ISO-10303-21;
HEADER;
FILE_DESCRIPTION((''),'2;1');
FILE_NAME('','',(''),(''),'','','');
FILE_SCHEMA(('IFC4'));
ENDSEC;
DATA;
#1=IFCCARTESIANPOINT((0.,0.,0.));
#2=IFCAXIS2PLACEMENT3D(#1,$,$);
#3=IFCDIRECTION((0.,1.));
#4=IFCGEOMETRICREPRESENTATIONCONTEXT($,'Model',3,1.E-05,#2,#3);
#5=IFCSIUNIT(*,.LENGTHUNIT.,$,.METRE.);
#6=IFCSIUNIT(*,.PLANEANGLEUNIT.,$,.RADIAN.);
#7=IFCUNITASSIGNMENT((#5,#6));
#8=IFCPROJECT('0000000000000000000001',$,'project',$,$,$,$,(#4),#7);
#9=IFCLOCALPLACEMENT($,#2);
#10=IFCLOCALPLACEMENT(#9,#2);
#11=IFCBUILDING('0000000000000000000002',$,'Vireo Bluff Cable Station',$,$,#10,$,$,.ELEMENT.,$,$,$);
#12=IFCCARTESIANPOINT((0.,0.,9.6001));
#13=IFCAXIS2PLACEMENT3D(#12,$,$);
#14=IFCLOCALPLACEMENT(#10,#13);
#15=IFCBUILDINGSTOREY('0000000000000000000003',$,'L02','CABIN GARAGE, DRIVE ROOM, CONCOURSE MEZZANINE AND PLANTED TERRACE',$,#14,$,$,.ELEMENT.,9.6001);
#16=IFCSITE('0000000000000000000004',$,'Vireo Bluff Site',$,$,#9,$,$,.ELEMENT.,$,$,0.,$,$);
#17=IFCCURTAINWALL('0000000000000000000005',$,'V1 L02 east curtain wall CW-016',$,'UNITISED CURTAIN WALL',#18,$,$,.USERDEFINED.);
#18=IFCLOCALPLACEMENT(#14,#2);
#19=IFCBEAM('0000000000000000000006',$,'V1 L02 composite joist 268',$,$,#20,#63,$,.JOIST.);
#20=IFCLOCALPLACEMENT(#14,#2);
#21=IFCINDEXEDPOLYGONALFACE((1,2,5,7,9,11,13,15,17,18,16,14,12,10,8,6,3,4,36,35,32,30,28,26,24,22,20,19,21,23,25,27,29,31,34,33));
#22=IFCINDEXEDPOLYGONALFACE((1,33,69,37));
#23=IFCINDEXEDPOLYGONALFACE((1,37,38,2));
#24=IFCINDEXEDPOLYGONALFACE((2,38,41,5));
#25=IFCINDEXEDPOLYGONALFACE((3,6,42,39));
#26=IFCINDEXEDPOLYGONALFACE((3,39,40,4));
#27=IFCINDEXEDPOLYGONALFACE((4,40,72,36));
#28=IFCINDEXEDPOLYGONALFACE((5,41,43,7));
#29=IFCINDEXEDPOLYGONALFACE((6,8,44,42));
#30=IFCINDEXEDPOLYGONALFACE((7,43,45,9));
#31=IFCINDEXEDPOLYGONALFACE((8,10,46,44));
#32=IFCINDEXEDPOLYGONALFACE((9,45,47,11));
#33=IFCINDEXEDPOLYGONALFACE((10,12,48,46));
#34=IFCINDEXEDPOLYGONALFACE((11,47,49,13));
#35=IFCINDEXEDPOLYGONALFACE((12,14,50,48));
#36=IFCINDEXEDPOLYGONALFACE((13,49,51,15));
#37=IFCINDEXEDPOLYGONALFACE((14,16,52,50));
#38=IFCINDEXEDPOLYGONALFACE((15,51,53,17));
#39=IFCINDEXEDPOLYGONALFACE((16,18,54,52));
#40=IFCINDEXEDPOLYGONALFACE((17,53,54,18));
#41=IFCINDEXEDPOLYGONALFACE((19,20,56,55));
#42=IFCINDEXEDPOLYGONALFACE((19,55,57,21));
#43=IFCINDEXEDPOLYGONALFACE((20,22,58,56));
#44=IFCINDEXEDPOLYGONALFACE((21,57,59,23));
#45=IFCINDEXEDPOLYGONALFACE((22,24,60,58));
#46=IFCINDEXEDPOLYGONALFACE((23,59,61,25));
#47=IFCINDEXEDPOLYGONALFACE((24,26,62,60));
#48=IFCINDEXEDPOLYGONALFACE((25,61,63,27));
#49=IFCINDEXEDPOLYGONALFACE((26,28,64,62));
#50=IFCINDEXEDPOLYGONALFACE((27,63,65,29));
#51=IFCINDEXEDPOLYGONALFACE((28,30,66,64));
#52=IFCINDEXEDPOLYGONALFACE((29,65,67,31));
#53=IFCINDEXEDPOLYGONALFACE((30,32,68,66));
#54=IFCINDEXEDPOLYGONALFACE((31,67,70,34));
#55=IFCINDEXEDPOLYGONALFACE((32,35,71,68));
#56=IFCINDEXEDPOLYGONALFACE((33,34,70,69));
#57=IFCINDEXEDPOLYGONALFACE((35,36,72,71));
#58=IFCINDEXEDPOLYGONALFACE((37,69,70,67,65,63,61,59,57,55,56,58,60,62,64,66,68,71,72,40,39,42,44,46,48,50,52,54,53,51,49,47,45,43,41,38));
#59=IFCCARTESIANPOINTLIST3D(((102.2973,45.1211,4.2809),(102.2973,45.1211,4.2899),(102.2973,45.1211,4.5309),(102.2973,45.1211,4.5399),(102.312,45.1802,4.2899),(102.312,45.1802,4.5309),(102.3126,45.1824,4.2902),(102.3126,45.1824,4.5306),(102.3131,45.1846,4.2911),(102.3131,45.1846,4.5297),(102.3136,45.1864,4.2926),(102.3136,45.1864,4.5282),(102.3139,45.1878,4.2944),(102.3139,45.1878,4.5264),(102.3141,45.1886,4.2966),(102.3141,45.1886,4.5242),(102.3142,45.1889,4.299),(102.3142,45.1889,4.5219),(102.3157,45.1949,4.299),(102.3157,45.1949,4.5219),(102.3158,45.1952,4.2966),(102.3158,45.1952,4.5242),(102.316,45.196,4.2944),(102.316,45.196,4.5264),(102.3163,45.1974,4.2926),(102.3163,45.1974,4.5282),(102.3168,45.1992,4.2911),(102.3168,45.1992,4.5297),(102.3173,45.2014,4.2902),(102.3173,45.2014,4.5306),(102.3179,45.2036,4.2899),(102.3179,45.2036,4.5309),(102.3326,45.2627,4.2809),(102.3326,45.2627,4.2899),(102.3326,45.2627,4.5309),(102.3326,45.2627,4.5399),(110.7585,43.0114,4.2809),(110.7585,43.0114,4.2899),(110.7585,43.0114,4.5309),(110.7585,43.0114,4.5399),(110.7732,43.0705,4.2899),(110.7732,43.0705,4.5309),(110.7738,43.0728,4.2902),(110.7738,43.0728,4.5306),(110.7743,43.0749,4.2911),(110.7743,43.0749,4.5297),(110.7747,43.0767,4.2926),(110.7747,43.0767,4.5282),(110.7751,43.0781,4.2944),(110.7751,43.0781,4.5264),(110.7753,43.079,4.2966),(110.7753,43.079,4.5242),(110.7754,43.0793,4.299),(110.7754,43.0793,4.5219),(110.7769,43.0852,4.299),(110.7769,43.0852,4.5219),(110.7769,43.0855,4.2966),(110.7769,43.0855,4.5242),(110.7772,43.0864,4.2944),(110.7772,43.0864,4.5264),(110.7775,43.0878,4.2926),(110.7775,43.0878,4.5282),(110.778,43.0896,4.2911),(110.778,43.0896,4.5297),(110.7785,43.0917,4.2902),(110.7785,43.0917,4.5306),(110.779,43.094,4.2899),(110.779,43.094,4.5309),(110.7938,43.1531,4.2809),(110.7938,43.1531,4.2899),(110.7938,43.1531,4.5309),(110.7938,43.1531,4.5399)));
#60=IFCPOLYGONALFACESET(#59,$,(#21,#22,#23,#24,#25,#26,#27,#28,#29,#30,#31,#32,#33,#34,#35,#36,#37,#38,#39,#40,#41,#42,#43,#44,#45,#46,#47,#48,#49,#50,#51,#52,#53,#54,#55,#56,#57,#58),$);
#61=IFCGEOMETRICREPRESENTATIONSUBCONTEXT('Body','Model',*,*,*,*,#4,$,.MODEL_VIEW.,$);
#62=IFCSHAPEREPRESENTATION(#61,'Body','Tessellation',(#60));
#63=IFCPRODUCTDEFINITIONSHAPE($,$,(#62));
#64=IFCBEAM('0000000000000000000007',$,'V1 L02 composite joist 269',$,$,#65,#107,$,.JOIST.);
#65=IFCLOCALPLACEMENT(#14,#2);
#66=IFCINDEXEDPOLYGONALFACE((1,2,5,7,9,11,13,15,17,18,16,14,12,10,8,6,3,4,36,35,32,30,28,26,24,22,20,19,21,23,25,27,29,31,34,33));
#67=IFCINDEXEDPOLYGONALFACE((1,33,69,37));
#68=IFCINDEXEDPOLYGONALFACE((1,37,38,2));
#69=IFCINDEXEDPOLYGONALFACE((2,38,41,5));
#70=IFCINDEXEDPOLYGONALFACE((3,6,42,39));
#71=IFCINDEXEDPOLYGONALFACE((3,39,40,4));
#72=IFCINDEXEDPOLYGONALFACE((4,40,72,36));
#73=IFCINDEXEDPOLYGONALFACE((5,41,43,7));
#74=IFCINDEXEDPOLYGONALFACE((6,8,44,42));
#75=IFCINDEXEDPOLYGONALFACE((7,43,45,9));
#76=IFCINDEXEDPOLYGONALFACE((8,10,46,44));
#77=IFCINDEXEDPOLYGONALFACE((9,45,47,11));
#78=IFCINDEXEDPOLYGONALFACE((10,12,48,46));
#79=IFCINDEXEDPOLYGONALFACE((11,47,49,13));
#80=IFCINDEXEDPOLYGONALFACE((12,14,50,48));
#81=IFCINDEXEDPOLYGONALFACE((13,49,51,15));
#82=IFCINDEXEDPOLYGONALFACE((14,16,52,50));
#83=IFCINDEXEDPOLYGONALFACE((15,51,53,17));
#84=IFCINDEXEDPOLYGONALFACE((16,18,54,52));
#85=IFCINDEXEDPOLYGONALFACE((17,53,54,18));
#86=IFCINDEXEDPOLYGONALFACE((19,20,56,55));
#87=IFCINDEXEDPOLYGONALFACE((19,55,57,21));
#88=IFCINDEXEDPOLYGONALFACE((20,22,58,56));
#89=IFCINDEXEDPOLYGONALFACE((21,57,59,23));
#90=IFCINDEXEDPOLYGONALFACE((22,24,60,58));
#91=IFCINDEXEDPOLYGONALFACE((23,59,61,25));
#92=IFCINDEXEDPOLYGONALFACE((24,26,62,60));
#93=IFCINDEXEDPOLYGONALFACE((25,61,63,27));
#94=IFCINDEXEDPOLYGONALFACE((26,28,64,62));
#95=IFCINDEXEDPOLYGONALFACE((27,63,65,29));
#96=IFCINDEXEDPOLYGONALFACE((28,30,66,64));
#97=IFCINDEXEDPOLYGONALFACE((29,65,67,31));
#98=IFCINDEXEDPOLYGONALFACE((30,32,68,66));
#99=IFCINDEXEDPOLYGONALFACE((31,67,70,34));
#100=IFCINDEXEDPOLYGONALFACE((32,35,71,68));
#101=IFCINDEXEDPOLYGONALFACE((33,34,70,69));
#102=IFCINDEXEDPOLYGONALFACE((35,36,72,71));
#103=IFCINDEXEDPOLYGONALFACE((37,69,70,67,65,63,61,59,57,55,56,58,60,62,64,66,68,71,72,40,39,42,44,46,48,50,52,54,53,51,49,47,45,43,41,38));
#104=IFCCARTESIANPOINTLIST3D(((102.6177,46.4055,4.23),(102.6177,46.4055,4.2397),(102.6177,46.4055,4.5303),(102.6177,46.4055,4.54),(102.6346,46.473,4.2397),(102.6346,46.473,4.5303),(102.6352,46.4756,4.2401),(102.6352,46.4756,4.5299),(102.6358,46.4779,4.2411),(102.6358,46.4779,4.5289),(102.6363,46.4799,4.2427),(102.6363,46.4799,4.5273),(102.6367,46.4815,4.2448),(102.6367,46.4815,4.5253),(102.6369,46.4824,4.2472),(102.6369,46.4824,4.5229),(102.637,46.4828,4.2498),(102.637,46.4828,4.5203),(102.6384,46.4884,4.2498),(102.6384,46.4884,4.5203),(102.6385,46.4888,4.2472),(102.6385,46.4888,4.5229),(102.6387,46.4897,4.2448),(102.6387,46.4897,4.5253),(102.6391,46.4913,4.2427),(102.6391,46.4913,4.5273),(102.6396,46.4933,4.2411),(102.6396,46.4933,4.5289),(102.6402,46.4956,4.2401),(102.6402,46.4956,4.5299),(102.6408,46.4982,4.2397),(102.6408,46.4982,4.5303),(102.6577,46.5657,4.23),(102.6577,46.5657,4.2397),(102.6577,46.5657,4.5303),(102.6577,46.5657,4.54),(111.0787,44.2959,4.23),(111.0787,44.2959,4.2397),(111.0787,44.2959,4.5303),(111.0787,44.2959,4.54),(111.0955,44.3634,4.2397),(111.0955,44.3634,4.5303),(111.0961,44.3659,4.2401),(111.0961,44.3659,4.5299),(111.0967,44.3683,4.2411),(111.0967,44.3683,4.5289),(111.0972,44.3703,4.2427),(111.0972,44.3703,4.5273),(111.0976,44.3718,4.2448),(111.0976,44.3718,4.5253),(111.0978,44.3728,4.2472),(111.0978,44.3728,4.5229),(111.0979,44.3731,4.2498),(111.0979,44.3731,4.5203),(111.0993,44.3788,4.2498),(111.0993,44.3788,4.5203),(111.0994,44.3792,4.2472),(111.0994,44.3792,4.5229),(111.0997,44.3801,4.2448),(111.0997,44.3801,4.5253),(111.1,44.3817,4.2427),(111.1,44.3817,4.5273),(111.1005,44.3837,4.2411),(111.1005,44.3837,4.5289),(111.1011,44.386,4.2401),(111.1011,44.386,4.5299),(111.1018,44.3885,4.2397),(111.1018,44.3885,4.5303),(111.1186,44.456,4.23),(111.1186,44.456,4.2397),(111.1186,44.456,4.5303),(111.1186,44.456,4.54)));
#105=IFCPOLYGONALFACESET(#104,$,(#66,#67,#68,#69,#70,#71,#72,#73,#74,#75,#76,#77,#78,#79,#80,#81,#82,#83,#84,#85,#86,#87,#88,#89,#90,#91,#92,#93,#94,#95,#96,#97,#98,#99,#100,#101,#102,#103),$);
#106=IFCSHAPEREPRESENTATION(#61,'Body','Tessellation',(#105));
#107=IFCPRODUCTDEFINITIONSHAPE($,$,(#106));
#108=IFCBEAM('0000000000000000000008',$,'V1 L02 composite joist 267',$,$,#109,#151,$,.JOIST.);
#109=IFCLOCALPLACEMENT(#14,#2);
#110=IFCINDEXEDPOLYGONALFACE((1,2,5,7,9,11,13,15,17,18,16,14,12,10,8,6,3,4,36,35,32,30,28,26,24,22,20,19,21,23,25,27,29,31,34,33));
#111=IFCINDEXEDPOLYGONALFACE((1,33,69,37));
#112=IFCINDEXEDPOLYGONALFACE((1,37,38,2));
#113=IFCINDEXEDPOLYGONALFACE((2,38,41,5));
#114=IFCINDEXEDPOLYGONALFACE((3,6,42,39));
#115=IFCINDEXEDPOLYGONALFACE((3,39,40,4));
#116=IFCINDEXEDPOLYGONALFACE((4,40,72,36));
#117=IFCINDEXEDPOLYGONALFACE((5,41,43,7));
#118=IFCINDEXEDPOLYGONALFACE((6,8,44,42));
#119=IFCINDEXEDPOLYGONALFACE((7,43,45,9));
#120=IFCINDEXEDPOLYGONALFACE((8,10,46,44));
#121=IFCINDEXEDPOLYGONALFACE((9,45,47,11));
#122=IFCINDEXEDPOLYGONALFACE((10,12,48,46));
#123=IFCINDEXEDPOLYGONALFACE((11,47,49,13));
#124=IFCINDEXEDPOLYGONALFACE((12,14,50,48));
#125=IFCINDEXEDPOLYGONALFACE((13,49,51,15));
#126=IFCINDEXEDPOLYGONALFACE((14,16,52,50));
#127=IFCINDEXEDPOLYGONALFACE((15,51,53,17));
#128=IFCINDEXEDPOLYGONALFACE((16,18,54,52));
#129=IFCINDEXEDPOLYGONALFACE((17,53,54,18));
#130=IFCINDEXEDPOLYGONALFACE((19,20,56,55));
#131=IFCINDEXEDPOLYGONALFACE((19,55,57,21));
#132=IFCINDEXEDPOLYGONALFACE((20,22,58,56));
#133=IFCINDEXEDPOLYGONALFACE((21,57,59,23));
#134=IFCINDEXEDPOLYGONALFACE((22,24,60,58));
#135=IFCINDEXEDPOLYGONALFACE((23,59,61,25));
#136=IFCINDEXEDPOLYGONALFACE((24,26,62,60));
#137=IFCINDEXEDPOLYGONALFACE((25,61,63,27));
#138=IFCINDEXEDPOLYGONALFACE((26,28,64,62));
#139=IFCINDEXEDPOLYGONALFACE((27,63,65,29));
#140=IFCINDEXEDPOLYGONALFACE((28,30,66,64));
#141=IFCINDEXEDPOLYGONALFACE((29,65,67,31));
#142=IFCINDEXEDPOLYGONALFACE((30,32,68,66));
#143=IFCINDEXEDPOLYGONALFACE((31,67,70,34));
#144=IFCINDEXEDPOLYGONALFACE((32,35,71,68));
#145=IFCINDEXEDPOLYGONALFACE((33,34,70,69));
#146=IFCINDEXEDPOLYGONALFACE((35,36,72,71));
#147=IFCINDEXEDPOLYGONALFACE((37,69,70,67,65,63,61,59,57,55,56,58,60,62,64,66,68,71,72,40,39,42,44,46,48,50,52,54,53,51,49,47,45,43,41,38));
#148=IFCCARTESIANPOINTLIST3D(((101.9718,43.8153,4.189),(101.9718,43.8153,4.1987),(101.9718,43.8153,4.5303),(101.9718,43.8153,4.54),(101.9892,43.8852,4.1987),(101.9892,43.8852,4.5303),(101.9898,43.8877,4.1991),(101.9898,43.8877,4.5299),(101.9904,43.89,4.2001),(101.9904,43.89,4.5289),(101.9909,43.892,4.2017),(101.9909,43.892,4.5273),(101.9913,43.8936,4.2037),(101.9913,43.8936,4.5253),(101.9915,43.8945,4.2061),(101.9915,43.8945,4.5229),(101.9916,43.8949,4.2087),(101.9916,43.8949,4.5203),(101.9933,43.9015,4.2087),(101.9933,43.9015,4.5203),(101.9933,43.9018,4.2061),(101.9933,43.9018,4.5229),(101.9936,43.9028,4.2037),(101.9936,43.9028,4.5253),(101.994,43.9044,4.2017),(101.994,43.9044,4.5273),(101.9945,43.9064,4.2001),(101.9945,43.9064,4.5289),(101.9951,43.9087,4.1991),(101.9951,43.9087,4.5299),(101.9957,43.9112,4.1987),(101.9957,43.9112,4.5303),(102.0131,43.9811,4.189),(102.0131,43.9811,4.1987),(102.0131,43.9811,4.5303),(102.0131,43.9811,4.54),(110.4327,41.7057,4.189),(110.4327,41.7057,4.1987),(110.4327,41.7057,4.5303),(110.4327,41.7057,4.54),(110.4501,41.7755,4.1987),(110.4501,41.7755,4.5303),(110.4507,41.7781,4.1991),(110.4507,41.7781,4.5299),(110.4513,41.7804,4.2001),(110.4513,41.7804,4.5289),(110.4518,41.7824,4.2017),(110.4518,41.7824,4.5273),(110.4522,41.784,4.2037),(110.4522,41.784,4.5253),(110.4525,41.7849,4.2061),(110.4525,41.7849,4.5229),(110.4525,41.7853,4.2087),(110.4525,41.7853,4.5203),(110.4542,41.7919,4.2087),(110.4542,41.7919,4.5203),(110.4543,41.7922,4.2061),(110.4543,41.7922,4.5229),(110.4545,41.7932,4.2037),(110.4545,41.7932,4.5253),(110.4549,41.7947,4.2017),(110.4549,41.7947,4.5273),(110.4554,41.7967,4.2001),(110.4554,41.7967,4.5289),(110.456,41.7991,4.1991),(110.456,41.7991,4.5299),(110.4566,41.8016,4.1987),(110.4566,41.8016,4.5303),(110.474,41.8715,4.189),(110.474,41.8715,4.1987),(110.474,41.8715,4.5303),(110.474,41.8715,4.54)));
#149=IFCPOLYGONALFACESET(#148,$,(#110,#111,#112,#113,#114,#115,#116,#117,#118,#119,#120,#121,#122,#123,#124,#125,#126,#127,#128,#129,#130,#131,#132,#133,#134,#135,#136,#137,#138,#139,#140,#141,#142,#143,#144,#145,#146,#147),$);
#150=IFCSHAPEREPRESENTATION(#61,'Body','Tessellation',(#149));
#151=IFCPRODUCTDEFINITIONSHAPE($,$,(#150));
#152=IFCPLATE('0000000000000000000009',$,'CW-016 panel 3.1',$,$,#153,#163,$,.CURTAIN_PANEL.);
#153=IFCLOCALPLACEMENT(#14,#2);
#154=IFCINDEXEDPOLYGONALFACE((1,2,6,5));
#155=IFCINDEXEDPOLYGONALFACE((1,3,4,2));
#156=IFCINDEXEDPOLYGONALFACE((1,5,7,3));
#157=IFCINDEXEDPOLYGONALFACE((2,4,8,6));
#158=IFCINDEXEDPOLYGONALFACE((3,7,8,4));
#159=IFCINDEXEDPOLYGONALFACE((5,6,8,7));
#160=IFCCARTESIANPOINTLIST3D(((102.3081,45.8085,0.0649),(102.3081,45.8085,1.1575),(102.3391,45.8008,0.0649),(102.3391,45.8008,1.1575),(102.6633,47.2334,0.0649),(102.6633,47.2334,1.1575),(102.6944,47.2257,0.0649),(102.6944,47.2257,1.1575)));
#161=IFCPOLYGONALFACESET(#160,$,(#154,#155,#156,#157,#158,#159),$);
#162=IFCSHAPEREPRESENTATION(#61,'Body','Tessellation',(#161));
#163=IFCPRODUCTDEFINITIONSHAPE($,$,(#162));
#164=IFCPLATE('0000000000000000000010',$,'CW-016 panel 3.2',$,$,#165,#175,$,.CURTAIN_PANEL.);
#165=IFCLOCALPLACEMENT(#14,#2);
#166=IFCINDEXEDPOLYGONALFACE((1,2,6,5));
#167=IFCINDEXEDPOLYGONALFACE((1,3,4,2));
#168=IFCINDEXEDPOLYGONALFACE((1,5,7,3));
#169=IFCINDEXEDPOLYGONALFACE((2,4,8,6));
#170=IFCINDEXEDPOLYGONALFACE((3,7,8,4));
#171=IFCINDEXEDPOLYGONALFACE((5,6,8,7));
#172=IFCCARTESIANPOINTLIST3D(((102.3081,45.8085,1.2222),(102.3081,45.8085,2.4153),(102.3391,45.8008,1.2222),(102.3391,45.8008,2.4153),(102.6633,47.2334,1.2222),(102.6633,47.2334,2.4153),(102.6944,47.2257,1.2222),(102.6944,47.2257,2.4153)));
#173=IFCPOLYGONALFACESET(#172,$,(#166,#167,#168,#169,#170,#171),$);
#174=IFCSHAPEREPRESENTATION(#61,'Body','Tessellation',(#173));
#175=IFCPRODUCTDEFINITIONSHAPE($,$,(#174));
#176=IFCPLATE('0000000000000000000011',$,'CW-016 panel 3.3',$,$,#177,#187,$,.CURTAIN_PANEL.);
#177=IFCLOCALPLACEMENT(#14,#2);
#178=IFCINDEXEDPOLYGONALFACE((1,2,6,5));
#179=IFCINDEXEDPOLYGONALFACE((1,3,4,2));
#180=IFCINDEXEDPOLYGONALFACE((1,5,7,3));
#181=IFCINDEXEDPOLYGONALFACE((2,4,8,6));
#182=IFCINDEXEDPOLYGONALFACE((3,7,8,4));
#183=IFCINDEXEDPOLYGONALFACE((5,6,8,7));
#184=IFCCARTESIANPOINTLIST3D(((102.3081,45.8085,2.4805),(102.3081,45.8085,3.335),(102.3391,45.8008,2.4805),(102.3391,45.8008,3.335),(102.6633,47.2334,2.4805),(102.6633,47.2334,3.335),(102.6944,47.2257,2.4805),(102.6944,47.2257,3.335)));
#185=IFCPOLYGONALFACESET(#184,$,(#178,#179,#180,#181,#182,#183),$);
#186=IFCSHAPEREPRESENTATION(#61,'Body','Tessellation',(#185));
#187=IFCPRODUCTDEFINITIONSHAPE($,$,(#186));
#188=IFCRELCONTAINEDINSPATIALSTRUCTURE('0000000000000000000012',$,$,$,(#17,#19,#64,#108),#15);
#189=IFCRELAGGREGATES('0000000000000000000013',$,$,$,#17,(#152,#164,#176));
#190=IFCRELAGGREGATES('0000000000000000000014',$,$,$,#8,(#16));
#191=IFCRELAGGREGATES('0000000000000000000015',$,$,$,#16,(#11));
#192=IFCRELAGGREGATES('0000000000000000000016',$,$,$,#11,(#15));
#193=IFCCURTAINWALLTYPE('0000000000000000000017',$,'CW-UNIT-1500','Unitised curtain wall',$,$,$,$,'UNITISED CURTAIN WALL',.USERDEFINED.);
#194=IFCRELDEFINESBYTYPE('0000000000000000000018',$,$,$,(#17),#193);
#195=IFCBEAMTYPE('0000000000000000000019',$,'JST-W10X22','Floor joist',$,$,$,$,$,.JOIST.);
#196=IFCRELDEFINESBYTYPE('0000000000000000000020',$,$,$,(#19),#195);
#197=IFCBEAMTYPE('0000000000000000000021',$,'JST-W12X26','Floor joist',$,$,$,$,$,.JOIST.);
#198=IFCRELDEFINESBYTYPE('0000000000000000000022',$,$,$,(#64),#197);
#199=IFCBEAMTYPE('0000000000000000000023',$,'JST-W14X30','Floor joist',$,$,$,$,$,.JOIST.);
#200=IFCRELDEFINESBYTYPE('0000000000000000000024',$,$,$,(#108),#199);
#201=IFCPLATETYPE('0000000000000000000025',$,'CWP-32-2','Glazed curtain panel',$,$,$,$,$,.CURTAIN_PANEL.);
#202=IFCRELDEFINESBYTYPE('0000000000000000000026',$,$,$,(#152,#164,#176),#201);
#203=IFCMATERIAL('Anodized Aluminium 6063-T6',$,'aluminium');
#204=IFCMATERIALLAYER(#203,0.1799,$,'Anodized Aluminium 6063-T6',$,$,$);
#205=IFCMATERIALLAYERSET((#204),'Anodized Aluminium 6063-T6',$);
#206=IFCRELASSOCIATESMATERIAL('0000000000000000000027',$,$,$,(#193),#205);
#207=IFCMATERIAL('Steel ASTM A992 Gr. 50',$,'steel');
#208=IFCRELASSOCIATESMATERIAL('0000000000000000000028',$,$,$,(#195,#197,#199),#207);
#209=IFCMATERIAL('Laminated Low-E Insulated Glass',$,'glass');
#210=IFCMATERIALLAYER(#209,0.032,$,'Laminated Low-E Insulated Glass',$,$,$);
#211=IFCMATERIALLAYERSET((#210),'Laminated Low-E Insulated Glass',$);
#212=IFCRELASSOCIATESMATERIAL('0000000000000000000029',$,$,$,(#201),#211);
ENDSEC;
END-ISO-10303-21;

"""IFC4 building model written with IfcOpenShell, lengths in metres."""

from ifc_helpers import new_model, si_unit, direction, frame, origin, origin_2d, place, context, subcontext, project, spatial, rectangle, i_section, extrude, material, layer, layer_set, material_profile, profile_set, type_object, element, aggregate, save


model = new_model("IFC4")

# Units and contexts
model_context = context("Model", 3, precision=1e-05, world=origin(), true_north=direction((0.0, 1.0)))
body_context = subcontext(model_context, "Body", "Model", "MODEL_VIEW")
ifc_project = project(units=[si_unit("LENGTHUNIT", "METRE"), si_unit("PLANEANGLEUNIT", "RADIAN")], contexts=[model_context])

# Site, building, storey
site_placement = place(None, origin())
site = spatial("IfcSite", under=ifc_project, at=site_placement, Name="Vireo Bluff Site", CompositionType="ELEMENT", RefElevation=0.0)
building_placement = place(site_placement, origin())
building = spatial("IfcBuilding", under=site, at=building_placement, Name="Vireo Bluff Cable Station", CompositionType="ELEMENT")
storey_placement = place(building_placement, frame((0.0, 0.0, 9.6001)))
storey = spatial("IfcBuildingStorey", under=building, at=storey_placement, Name="L02", Description="CABIN GARAGE, DRIVE ROOM, CONCOURSE MEZZANINE AND PLANTED TERRACE", CompositionType="ELEMENT", Elevation=9.6001)

# Curtain wall
ifc_material_1 = material(Name="Anodized Aluminium 6063-T6", Category="aluminium")
ifc_layer_1 = layer(ifc_material_1, 0.1799, Name="Anodized Aluminium 6063-T6")
ifc_layer_set_1 = layer_set([ifc_layer_1], Name="Anodized Aluminium 6063-T6")
curtain_wall_type = type_object("IfcCurtainWallType", Name="CW-UNIT-1500", Description="Unitised curtain wall", ElementType="UNITISED CURTAIN WALL", PredefinedType="USERDEFINED", material=ifc_layer_set_1)
curtain_wall_placement = place(storey_placement, origin())
curtain_wall = element("IfcCurtainWall", 1, at=curtain_wall_placement, inside=storey, type_object=curtain_wall_type, Name="V1 L02 east curtain wall CW-016", ObjectType="UNITISED CURTAIN WALL", PredefinedType="USERDEFINED")

# Beams
ifc_material_2 = material(Name="Steel ASTM A992 Gr. 50", Category="steel")
ifc_material_profile_1 = material_profile(ifc_material_2, i_section(OverallWidth=0.146, OverallDepth=0.259, WebThickness=0.0061, FlangeThickness=0.009, FilletRadius=0.009, at=origin_2d()), Name="W10X22")
ifc_profile_set_1 = profile_set([ifc_material_profile_1], Name="Steel ASTM A992 Gr. 50")
beam_type_1 = type_object("IfcBeamType", Name="JST-W10X22", Description="Floor joist", PredefinedType="JOIST", material=ifc_profile_set_1)
beam_1_placement = place(storey_placement, frame((102.3149, 45.1919, 4.4104), z_axis=(0.970295, -0.241923, 0.0), x_axis=(0.241923, 0.970295, 0.0)))
element("IfcBeam", 2, at=beam_1_placement, inside=storey, type_object=beam_type_1, Name="V1 L02 composite joist 268", PredefinedType="JOIST", context=body_context, shape_type="SweptSolid", body=[
    extrude(i_section(OverallWidth=0.146, OverallDepth=0.259, WebThickness=0.0061, FlangeThickness=0.009, FilletRadius=0.009, at=origin_2d()), origin(), (0.0, 0.0, 1.0), 8.7202),
])
ifc_material_profile_2 = material_profile(ifc_material_2, i_section(OverallWidth=0.165, OverallDepth=0.3101, WebThickness=0.0059, FlangeThickness=0.0098, FilletRadius=0.01, at=origin_2d()), Name="W12X26")
ifc_profile_set_2 = profile_set([ifc_material_profile_2], Name="Steel ASTM A992 Gr. 50")
beam_type_2 = type_object("IfcBeamType", Name="JST-W12X26", Description="Floor joist", PredefinedType="JOIST", material=ifc_profile_set_2)
beam_2_placement = place(storey_placement, frame((102.6377, 46.4856, 4.385), z_axis=(0.970294, -0.24193, 0.0), x_axis=(0.24193, 0.970294, 0.0)))
element("IfcBeam", 3, at=beam_2_placement, inside=storey, type_object=beam_type_2, Name="V1 L02 composite joist 269", PredefinedType="JOIST", context=body_context, shape_type="SweptSolid", body=[
    extrude(i_section(OverallWidth=0.165, OverallDepth=0.3101, WebThickness=0.0059, FlangeThickness=0.0098, FilletRadius=0.01, at=origin_2d()), origin(), (0.0, 0.0, 1.0), 8.72),
])
ifc_material_profile_3 = material_profile(ifc_material_2, i_section(OverallWidth=0.1709, OverallDepth=0.3511, WebThickness=0.0068, FlangeThickness=0.0098, FilletRadius=0.01, at=origin_2d()), Name="W14X30")
ifc_profile_set_3 = profile_set([ifc_material_profile_3], Name="Steel ASTM A992 Gr. 50")
beam_type_3 = type_object("IfcBeamType", Name="JST-W14X30", Description="Floor joist", PredefinedType="JOIST", material=ifc_profile_set_3)
beam_3_placement = place(storey_placement, frame((101.9924, 43.8982, 4.3645), z_axis=(0.970294, -0.24193, 0.0), x_axis=(0.24193, 0.970294, 0.0)))
element("IfcBeam", 4, at=beam_3_placement, inside=storey, type_object=beam_type_3, Name="V1 L02 composite joist 267", PredefinedType="JOIST", context=body_context, shape_type="SweptSolid", body=[
    extrude(i_section(OverallWidth=0.1709, OverallDepth=0.3511, WebThickness=0.0068, FlangeThickness=0.0098, FilletRadius=0.01, at=origin_2d()), origin(), (0.0, 0.0, 1.0), 8.72),
])

# Plates
ifc_material_3 = material(Name="Laminated Low-E Insulated Glass", Category="glass")
ifc_layer_2 = layer(ifc_material_3, 0.032, Name="Laminated Low-E Insulated Glass")
ifc_layer_set_2 = layer_set([ifc_layer_2], Name="Laminated Low-E Insulated Glass")
plate_type = type_object("IfcPlateType", Name="CWP-32-2", Description="Glazed curtain panel", PredefinedType="CURTAIN_PANEL", material=ifc_layer_set_2)
plate_1_placement = place(storey_placement, frame((102.5012, 46.5171, 0.0649), z_axis=(0.0, 0.0, 1.0), x_axis=(-0.241922, -0.970296, 0.0)))
plate_1 = element("IfcPlate", 5, at=plate_1_placement, type_object=plate_type, Name="CW-016 panel 3.1", PredefinedType="CURTAIN_PANEL", context=body_context, shape_type="SweptSolid", body=[
    extrude(rectangle(XDim=1.4685, YDim=0.032, at=origin_2d()), origin(), (0.0, 0.0, 1.0), 1.0925),
])
plate_2_placement = place(storey_placement, frame((102.5012, 46.5171, 1.2222), z_axis=(0.0, 0.0, 1.0), x_axis=(-0.241922, -0.970296, 0.0)))
plate_2 = element("IfcPlate", 6, at=plate_2_placement, type_object=plate_type, Name="CW-016 panel 3.2", PredefinedType="CURTAIN_PANEL", context=body_context, shape_type="SweptSolid", body=[
    extrude(rectangle(XDim=1.4685, YDim=0.032, at=origin_2d()), origin(), (0.0, 0.0, 1.0), 1.1931),
])
plate_3_placement = place(storey_placement, frame((102.5012, 46.5171, 2.4805), z_axis=(0.0, 0.0, 1.0), x_axis=(-0.241922, -0.970296, 0.0)))
plate_3 = element("IfcPlate", 7, at=plate_3_placement, type_object=plate_type, Name="CW-016 panel 3.3", PredefinedType="CURTAIN_PANEL", context=body_context, shape_type="SweptSolid", body=[
    extrude(rectangle(XDim=1.4685, YDim=0.032, at=origin_2d()), origin(), (0.0, 0.0, 1.0), 0.8545),
])
aggregate(curtain_wall, [plate_1, plate_2, plate_3])

save(model, "model.ifc")
